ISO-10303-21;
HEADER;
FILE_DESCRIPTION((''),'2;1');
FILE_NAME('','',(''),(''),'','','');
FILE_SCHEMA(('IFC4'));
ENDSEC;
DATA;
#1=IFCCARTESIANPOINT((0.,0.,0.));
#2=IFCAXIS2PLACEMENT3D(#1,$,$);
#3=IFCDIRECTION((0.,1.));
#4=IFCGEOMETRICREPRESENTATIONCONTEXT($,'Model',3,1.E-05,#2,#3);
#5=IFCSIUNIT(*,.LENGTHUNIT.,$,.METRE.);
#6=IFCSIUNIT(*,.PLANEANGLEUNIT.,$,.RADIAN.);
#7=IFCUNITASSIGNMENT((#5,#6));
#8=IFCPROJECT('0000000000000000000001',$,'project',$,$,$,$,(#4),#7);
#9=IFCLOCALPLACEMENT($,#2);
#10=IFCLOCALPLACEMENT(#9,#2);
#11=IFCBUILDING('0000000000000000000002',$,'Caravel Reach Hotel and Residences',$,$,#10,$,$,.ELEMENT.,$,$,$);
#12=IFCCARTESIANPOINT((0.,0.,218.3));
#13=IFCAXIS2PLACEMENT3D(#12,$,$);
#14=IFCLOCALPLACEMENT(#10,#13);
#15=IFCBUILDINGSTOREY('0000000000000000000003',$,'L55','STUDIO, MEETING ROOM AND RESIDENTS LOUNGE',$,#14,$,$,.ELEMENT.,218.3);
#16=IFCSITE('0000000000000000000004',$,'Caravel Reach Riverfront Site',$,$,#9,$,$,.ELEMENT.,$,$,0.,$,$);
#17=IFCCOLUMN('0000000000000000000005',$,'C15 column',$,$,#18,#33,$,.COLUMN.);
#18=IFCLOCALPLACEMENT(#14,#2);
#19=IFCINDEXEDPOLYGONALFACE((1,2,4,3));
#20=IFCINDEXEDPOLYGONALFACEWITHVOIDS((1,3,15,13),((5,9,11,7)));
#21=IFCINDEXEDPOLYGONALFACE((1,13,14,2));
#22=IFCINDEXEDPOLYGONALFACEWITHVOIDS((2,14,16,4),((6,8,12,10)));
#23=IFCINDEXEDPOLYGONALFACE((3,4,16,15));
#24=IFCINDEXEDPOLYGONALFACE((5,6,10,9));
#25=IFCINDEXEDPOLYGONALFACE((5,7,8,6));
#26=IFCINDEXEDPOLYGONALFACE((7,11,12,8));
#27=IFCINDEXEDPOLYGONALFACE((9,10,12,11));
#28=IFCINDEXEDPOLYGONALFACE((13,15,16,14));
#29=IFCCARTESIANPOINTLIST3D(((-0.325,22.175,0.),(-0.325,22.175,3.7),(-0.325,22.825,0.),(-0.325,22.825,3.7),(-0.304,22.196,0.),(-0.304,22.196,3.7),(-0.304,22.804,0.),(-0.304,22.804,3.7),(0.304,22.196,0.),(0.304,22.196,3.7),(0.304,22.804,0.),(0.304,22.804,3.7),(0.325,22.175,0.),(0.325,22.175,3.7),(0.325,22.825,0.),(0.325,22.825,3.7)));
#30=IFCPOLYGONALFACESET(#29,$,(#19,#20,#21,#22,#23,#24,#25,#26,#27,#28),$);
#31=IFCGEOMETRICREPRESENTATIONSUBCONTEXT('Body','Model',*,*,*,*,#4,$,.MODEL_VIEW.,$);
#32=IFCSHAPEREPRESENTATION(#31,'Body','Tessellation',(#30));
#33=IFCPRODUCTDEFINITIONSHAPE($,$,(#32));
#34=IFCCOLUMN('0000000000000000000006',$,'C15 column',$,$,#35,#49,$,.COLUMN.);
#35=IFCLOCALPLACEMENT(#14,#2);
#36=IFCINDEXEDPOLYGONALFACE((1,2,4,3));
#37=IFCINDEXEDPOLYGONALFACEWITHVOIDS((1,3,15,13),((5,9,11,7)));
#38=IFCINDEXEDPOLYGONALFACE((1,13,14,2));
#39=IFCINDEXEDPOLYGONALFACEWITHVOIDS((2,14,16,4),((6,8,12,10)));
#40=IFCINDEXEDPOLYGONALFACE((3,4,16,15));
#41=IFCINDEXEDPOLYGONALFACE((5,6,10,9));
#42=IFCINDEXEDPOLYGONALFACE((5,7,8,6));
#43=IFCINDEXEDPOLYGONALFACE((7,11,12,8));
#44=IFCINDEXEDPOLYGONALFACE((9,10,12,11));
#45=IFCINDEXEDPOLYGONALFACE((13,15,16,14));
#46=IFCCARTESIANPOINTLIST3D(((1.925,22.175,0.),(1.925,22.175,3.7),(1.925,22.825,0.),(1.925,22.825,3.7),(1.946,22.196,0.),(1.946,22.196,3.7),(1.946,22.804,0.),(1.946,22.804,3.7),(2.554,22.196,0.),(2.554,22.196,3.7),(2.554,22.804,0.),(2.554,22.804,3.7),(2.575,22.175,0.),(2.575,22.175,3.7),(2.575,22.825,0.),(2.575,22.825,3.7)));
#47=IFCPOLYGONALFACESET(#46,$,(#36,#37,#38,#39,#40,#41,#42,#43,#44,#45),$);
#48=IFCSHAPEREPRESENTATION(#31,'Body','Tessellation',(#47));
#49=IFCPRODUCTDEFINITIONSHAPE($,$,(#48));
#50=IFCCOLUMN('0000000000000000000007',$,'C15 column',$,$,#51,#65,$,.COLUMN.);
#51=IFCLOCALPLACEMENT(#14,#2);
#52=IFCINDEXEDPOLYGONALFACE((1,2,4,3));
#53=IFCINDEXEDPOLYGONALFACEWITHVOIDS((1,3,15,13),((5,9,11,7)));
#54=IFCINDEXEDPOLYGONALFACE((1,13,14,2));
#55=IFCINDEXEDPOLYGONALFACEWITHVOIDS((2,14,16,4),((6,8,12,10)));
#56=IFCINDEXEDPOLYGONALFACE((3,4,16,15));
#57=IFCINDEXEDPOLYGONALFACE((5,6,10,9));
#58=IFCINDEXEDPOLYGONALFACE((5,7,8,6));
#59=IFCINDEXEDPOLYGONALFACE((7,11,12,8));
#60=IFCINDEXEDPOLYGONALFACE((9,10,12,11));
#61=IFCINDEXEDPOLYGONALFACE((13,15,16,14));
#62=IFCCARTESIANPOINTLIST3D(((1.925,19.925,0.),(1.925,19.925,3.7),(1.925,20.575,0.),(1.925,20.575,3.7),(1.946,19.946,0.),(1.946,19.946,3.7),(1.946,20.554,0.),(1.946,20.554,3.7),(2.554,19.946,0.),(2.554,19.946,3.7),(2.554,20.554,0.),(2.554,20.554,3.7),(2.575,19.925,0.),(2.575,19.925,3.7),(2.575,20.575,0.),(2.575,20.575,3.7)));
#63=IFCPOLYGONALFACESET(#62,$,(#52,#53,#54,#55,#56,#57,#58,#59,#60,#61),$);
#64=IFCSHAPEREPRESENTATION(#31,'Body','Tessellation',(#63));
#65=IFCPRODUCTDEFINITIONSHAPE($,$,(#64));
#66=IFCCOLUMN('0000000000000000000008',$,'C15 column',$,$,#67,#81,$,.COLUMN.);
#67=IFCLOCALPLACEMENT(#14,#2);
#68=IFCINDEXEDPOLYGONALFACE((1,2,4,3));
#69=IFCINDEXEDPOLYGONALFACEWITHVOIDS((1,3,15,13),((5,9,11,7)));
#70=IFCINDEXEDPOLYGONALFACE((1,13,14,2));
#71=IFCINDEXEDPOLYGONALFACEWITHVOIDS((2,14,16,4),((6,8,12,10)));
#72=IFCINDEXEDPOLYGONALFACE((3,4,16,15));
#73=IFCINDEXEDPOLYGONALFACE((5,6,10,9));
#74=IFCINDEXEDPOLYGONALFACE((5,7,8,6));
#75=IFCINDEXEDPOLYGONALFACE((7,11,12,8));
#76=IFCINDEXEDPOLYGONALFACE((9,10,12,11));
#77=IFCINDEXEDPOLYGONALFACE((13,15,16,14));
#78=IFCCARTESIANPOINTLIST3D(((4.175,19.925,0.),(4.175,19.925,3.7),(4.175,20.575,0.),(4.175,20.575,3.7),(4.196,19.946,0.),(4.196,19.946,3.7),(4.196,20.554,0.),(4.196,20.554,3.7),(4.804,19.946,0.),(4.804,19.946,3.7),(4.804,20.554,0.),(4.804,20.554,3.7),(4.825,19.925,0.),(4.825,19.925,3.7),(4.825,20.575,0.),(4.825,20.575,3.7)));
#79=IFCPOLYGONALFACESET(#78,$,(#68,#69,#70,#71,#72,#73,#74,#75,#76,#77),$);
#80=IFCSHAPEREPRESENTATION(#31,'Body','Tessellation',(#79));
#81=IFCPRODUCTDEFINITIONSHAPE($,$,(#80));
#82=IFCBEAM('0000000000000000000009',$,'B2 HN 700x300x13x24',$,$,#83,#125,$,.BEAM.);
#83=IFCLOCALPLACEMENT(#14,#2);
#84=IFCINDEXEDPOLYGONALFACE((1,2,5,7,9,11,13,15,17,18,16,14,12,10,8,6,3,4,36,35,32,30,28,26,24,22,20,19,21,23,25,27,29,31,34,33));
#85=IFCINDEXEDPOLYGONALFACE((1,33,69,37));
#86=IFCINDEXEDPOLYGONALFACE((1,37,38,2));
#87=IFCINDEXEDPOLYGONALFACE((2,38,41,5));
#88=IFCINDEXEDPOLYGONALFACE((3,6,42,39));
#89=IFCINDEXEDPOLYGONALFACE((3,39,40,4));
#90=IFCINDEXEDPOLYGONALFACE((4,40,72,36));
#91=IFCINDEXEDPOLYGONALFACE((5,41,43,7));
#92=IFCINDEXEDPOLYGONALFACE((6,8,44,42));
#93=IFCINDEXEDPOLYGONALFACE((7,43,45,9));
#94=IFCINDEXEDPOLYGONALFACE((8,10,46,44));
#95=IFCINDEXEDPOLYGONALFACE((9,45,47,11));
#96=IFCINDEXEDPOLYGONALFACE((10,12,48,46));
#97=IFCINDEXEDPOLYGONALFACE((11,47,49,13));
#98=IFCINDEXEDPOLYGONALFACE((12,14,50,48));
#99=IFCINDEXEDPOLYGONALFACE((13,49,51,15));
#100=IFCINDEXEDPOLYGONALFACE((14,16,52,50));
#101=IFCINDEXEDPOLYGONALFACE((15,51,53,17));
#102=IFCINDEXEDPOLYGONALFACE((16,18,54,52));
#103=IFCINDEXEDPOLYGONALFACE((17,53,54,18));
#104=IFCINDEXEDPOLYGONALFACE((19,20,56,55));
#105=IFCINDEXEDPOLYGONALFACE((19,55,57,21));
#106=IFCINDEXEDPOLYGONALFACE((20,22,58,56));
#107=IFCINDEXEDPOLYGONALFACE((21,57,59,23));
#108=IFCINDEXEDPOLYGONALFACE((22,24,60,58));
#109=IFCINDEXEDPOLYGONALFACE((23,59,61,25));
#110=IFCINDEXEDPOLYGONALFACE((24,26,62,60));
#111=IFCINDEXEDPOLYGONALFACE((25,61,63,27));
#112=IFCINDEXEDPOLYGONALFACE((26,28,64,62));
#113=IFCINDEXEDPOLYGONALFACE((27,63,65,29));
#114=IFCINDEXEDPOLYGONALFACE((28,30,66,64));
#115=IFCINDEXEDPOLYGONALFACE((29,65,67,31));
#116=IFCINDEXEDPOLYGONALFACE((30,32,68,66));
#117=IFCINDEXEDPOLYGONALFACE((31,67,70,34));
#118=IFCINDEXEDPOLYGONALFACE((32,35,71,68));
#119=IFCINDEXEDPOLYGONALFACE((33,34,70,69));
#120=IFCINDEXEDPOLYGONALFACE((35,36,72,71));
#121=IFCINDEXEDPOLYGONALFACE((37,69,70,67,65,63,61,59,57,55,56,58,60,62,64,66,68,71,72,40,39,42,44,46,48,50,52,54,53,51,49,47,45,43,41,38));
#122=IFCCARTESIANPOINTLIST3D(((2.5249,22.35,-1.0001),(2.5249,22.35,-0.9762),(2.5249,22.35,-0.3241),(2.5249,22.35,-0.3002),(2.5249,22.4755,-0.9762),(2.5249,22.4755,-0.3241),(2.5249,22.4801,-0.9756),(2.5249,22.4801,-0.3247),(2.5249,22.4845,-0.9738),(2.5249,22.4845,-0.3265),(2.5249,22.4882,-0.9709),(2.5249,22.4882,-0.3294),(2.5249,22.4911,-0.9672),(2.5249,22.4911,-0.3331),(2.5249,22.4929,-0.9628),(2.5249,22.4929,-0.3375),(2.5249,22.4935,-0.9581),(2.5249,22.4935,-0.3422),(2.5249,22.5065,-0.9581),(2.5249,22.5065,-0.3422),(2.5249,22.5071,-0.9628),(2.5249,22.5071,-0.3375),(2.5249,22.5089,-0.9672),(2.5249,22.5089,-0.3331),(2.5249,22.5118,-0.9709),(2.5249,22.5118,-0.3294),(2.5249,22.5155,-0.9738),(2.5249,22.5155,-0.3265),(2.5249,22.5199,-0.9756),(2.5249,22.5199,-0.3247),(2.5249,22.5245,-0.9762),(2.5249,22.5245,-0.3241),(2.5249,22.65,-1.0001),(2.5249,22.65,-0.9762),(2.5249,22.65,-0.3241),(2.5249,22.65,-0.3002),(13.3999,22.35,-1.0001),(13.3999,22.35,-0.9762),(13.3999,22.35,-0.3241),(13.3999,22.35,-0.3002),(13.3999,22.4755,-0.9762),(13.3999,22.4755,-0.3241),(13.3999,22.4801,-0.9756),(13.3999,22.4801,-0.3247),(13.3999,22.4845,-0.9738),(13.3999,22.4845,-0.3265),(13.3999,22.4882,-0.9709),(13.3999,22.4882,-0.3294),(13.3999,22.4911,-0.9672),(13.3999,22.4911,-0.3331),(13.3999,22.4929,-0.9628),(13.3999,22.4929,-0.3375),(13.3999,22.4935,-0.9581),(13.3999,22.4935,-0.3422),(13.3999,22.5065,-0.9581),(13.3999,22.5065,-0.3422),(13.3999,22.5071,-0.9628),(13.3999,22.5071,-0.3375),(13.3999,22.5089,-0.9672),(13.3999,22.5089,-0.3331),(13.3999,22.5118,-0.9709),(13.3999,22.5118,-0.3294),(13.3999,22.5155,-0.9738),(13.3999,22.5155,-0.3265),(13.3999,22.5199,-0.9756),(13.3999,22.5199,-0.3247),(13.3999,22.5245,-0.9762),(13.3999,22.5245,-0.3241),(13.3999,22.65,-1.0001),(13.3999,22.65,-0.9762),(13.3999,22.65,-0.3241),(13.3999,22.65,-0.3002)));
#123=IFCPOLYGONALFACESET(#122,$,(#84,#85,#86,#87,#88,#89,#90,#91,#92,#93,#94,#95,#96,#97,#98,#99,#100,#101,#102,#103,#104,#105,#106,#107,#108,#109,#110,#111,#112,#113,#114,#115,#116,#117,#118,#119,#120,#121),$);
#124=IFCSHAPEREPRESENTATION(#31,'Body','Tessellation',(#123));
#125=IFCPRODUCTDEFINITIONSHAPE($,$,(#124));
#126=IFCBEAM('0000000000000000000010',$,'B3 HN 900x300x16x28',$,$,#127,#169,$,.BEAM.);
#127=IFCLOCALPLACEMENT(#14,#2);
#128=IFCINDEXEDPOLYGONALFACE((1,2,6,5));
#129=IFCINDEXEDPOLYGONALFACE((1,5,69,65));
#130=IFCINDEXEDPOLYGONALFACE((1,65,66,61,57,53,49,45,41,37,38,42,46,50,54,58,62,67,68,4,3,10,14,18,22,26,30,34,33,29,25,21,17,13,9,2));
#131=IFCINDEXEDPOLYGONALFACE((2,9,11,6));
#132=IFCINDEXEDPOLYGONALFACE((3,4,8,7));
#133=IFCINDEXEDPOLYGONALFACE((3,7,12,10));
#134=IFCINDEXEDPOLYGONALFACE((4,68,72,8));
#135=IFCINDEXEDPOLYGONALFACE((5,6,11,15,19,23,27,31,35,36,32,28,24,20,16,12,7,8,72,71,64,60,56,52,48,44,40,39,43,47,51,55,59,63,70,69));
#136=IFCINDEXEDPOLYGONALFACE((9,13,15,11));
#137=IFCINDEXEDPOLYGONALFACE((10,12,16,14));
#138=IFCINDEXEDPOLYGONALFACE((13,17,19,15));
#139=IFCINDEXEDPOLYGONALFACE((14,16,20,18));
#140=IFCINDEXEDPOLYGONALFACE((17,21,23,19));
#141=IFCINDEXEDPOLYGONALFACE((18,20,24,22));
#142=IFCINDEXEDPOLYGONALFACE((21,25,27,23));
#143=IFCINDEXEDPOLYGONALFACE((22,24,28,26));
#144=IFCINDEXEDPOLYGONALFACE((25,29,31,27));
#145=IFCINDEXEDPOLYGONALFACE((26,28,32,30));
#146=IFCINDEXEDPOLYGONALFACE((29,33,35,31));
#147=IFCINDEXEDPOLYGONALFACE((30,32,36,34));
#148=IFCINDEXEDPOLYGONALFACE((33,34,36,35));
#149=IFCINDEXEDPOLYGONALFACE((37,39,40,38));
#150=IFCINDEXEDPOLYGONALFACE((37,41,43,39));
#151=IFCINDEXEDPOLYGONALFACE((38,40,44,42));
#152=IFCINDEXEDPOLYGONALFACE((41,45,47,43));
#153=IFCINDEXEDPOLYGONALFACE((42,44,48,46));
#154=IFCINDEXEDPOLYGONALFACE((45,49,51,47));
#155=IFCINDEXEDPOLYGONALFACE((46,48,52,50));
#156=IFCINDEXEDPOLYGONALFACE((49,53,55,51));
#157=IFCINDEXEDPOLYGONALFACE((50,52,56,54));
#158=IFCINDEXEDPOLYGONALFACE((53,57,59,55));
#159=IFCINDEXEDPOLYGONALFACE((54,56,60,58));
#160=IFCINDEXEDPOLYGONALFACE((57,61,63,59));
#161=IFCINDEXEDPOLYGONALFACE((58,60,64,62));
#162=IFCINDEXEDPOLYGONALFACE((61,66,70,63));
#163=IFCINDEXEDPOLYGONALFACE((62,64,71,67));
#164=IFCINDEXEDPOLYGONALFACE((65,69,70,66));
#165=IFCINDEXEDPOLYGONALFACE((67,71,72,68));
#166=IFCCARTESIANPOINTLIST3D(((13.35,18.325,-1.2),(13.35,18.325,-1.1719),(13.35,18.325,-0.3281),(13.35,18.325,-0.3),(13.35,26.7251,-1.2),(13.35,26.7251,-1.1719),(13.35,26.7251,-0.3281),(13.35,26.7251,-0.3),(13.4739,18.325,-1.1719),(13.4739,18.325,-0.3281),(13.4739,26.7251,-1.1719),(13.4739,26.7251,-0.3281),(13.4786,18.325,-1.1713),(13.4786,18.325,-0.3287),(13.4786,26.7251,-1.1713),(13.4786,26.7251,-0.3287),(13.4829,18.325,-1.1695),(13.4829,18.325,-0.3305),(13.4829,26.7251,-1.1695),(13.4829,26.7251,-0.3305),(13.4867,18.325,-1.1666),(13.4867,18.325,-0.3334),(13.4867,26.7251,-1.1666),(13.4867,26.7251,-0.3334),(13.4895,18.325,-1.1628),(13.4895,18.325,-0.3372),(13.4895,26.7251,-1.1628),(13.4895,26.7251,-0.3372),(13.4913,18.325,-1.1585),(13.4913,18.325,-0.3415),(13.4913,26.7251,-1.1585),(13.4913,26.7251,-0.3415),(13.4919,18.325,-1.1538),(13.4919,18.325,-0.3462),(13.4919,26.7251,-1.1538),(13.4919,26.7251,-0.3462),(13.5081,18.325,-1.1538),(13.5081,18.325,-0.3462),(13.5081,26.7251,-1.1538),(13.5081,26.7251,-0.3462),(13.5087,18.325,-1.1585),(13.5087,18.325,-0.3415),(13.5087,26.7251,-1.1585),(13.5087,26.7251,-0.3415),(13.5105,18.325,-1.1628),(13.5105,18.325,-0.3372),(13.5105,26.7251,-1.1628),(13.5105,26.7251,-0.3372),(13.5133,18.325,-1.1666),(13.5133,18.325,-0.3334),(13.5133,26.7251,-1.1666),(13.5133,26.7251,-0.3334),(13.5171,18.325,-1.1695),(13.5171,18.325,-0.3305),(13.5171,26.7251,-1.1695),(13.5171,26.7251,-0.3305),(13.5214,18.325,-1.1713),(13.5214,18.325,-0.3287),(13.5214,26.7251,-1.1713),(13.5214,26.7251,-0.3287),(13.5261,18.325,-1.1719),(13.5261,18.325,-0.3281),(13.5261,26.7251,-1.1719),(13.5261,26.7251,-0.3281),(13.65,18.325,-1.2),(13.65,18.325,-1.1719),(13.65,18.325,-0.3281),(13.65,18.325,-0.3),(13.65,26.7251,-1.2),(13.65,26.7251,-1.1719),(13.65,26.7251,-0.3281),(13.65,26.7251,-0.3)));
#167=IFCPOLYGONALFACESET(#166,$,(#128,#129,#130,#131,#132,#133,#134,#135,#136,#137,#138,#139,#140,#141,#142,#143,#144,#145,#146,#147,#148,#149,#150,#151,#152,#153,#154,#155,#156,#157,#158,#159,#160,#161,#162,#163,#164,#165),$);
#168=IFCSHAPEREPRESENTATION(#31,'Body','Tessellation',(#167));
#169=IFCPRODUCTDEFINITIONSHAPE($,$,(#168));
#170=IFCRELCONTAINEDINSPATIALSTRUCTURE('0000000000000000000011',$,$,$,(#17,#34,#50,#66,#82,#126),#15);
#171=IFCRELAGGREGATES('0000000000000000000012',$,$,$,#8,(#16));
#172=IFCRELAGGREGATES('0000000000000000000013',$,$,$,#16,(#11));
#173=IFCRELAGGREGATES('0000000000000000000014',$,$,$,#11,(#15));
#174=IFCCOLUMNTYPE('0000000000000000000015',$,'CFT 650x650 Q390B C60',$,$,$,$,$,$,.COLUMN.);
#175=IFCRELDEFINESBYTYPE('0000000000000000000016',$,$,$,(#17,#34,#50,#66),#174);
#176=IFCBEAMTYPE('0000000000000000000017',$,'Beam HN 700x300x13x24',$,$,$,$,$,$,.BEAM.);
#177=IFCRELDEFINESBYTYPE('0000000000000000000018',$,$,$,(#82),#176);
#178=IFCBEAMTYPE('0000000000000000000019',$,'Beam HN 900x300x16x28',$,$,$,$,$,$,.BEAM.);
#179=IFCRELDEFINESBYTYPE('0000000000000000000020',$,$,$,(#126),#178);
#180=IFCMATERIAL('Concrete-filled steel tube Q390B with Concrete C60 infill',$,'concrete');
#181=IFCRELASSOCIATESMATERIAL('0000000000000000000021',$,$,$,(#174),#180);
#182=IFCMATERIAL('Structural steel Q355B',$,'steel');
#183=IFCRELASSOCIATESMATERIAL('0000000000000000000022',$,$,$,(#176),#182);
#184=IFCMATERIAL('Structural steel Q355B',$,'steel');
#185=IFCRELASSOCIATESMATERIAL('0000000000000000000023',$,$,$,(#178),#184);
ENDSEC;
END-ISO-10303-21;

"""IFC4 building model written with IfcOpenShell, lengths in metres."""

from ifc_helpers import new_model, si_unit, direction, frame, origin, origin_2d, place, context, subcontext, project, spatial, hollow_rectangle, i_section, extrude, material, material_profile, profile_set, type_object, element, save


model = new_model("IFC4")

# Units and contexts
model_context = context("Model", 3, precision=1e-05, world=origin(), true_north=direction((0.0, 1.0)))
body_context = subcontext(model_context, "Body", "Model", "MODEL_VIEW")
ifc_project = project(units=[si_unit("LENGTHUNIT", "METRE"), si_unit("PLANEANGLEUNIT", "RADIAN")], contexts=[model_context])

# Site, building, storey
site_placement = place(None, origin())
site = spatial("IfcSite", under=ifc_project, at=site_placement, Name="Caravel Reach Riverfront Site", CompositionType="ELEMENT", RefElevation=0.0)
building_placement = place(site_placement, origin())
building = spatial("IfcBuilding", under=site, at=building_placement, Name="Caravel Reach Hotel and Residences", CompositionType="ELEMENT")
storey_placement = place(building_placement, frame((0.0, 0.0, 218.3)))
storey = spatial("IfcBuildingStorey", under=building, at=storey_placement, Name="L55", Description="STUDIO, MEETING ROOM AND RESIDENTS LOUNGE", CompositionType="ELEMENT", Elevation=218.3)

# Columns
ifc_material_1 = material(Name="Concrete-filled steel tube Q390B with Concrete C60 infill", Category="concrete")
ifc_material_profile_1 = material_profile(ifc_material_1, hollow_rectangle(XDim=0.6499, YDim=0.6499, WallThickness=0.021, at=origin_2d()), Name="RHS 650x650x21")
ifc_profile_set_1 = profile_set([ifc_material_profile_1], Name="Concrete-filled steel tube Q390B with Concrete C60 infill")
column_type = type_object("IfcColumnType", Name="CFT 650x650 Q390B C60", PredefinedType="COLUMN", material=ifc_profile_set_1)
for number, where, z_axis, x_axis, name in (
    (1, (0.0, 22.5, 0.0), (0.0, 0.0, 1.0), (1.0, 0.0, 0.0), "C15 column"),
    (2, (2.25, 22.5, 0.0), (0.0, 0.0, 1.0), (1.0, 0.0, 0.0), "C15 column"),
    (3, (2.25, 20.25, 0.0), (0.0, 0.0, 1.0), (1.0, 0.0, 0.0), "C15 column"),
    (4, (4.5, 20.25, 0.0), (0.0, 0.0, 1.0), (1.0, 0.0, 0.0), "C15 column"),
):
    element("IfcColumn", number, at=place(storey_placement, frame(where, z_axis=z_axis, x_axis=x_axis)), inside=storey, type_object=column_type, Name=name, PredefinedType="COLUMN", context=body_context, shape_type="SweptSolid", body=[
        extrude(hollow_rectangle(XDim=0.6499, YDim=0.6499, WallThickness=0.021, at=origin_2d()), origin(), (0.0, 0.0, 1.0), 3.7),
    ])

# Beams
ifc_material_2 = material(Name="Structural steel Q355B", Category="steel")
ifc_material_profile_2 = material_profile(ifc_material_2, i_section(OverallWidth=0.3, OverallDepth=0.7, WebThickness=0.0129, FlangeThickness=0.0239, FilletRadius=0.0181, at=origin_2d()), Name="HN 700x300x13x24")
ifc_profile_set_2 = profile_set([ifc_material_profile_2], Name="Structural steel Q355B")
beam_type_1 = type_object("IfcBeamType", Name="Beam HN 700x300x13x24", PredefinedType="BEAM", material=ifc_profile_set_2)
beam_1_placement = place(storey_placement, frame((13.3999, 22.5, -0.6501), z_axis=(-1.0, 0.0, 0.0), x_axis=(0.0, -1.0, 0.0)))
element("IfcBeam", 5, at=beam_1_placement, inside=storey, type_object=beam_type_1, Name="B2 HN 700x300x13x24", PredefinedType="BEAM", context=body_context, shape_type="SweptSolid", body=[
    extrude(i_section(OverallWidth=0.3, OverallDepth=0.7, WebThickness=0.0129, FlangeThickness=0.0239, FilletRadius=0.0181, at=origin_2d()), origin(), (0.0, 0.0, 1.0), 10.875),
])
ifc_material_3 = material(Name="Structural steel Q355B", Category="steel")
ifc_material_profile_3 = material_profile(ifc_material_3, i_section(OverallWidth=0.3, OverallDepth=0.8999, WebThickness=0.0161, FlangeThickness=0.0281, FilletRadius=0.0181, at=origin_2d()), Name="HN 900x300x16x28")
ifc_profile_set_3 = profile_set([ifc_material_profile_3], Name="Structural steel Q355B")
beam_type_2 = type_object("IfcBeamType", Name="Beam HN 900x300x16x28", PredefinedType="BEAM", material=ifc_profile_set_3)
beam_2_placement = place(storey_placement, frame((13.5, 18.325, -0.75), z_axis=(0.0, 1.0, 0.0), x_axis=(-1.0, 0.0, 0.0)))
element("IfcBeam", 6, at=beam_2_placement, inside=storey, type_object=beam_type_2, Name="B3 HN 900x300x16x28", PredefinedType="BEAM", context=body_context, shape_type="SweptSolid", body=[
    extrude(i_section(OverallWidth=0.3, OverallDepth=0.8999, WebThickness=0.0161, FlangeThickness=0.0281, FilletRadius=0.0181, at=origin_2d()), origin(), (0.0, 0.0, 1.0), 8.4001),
])

save(model, "model.ifc")
